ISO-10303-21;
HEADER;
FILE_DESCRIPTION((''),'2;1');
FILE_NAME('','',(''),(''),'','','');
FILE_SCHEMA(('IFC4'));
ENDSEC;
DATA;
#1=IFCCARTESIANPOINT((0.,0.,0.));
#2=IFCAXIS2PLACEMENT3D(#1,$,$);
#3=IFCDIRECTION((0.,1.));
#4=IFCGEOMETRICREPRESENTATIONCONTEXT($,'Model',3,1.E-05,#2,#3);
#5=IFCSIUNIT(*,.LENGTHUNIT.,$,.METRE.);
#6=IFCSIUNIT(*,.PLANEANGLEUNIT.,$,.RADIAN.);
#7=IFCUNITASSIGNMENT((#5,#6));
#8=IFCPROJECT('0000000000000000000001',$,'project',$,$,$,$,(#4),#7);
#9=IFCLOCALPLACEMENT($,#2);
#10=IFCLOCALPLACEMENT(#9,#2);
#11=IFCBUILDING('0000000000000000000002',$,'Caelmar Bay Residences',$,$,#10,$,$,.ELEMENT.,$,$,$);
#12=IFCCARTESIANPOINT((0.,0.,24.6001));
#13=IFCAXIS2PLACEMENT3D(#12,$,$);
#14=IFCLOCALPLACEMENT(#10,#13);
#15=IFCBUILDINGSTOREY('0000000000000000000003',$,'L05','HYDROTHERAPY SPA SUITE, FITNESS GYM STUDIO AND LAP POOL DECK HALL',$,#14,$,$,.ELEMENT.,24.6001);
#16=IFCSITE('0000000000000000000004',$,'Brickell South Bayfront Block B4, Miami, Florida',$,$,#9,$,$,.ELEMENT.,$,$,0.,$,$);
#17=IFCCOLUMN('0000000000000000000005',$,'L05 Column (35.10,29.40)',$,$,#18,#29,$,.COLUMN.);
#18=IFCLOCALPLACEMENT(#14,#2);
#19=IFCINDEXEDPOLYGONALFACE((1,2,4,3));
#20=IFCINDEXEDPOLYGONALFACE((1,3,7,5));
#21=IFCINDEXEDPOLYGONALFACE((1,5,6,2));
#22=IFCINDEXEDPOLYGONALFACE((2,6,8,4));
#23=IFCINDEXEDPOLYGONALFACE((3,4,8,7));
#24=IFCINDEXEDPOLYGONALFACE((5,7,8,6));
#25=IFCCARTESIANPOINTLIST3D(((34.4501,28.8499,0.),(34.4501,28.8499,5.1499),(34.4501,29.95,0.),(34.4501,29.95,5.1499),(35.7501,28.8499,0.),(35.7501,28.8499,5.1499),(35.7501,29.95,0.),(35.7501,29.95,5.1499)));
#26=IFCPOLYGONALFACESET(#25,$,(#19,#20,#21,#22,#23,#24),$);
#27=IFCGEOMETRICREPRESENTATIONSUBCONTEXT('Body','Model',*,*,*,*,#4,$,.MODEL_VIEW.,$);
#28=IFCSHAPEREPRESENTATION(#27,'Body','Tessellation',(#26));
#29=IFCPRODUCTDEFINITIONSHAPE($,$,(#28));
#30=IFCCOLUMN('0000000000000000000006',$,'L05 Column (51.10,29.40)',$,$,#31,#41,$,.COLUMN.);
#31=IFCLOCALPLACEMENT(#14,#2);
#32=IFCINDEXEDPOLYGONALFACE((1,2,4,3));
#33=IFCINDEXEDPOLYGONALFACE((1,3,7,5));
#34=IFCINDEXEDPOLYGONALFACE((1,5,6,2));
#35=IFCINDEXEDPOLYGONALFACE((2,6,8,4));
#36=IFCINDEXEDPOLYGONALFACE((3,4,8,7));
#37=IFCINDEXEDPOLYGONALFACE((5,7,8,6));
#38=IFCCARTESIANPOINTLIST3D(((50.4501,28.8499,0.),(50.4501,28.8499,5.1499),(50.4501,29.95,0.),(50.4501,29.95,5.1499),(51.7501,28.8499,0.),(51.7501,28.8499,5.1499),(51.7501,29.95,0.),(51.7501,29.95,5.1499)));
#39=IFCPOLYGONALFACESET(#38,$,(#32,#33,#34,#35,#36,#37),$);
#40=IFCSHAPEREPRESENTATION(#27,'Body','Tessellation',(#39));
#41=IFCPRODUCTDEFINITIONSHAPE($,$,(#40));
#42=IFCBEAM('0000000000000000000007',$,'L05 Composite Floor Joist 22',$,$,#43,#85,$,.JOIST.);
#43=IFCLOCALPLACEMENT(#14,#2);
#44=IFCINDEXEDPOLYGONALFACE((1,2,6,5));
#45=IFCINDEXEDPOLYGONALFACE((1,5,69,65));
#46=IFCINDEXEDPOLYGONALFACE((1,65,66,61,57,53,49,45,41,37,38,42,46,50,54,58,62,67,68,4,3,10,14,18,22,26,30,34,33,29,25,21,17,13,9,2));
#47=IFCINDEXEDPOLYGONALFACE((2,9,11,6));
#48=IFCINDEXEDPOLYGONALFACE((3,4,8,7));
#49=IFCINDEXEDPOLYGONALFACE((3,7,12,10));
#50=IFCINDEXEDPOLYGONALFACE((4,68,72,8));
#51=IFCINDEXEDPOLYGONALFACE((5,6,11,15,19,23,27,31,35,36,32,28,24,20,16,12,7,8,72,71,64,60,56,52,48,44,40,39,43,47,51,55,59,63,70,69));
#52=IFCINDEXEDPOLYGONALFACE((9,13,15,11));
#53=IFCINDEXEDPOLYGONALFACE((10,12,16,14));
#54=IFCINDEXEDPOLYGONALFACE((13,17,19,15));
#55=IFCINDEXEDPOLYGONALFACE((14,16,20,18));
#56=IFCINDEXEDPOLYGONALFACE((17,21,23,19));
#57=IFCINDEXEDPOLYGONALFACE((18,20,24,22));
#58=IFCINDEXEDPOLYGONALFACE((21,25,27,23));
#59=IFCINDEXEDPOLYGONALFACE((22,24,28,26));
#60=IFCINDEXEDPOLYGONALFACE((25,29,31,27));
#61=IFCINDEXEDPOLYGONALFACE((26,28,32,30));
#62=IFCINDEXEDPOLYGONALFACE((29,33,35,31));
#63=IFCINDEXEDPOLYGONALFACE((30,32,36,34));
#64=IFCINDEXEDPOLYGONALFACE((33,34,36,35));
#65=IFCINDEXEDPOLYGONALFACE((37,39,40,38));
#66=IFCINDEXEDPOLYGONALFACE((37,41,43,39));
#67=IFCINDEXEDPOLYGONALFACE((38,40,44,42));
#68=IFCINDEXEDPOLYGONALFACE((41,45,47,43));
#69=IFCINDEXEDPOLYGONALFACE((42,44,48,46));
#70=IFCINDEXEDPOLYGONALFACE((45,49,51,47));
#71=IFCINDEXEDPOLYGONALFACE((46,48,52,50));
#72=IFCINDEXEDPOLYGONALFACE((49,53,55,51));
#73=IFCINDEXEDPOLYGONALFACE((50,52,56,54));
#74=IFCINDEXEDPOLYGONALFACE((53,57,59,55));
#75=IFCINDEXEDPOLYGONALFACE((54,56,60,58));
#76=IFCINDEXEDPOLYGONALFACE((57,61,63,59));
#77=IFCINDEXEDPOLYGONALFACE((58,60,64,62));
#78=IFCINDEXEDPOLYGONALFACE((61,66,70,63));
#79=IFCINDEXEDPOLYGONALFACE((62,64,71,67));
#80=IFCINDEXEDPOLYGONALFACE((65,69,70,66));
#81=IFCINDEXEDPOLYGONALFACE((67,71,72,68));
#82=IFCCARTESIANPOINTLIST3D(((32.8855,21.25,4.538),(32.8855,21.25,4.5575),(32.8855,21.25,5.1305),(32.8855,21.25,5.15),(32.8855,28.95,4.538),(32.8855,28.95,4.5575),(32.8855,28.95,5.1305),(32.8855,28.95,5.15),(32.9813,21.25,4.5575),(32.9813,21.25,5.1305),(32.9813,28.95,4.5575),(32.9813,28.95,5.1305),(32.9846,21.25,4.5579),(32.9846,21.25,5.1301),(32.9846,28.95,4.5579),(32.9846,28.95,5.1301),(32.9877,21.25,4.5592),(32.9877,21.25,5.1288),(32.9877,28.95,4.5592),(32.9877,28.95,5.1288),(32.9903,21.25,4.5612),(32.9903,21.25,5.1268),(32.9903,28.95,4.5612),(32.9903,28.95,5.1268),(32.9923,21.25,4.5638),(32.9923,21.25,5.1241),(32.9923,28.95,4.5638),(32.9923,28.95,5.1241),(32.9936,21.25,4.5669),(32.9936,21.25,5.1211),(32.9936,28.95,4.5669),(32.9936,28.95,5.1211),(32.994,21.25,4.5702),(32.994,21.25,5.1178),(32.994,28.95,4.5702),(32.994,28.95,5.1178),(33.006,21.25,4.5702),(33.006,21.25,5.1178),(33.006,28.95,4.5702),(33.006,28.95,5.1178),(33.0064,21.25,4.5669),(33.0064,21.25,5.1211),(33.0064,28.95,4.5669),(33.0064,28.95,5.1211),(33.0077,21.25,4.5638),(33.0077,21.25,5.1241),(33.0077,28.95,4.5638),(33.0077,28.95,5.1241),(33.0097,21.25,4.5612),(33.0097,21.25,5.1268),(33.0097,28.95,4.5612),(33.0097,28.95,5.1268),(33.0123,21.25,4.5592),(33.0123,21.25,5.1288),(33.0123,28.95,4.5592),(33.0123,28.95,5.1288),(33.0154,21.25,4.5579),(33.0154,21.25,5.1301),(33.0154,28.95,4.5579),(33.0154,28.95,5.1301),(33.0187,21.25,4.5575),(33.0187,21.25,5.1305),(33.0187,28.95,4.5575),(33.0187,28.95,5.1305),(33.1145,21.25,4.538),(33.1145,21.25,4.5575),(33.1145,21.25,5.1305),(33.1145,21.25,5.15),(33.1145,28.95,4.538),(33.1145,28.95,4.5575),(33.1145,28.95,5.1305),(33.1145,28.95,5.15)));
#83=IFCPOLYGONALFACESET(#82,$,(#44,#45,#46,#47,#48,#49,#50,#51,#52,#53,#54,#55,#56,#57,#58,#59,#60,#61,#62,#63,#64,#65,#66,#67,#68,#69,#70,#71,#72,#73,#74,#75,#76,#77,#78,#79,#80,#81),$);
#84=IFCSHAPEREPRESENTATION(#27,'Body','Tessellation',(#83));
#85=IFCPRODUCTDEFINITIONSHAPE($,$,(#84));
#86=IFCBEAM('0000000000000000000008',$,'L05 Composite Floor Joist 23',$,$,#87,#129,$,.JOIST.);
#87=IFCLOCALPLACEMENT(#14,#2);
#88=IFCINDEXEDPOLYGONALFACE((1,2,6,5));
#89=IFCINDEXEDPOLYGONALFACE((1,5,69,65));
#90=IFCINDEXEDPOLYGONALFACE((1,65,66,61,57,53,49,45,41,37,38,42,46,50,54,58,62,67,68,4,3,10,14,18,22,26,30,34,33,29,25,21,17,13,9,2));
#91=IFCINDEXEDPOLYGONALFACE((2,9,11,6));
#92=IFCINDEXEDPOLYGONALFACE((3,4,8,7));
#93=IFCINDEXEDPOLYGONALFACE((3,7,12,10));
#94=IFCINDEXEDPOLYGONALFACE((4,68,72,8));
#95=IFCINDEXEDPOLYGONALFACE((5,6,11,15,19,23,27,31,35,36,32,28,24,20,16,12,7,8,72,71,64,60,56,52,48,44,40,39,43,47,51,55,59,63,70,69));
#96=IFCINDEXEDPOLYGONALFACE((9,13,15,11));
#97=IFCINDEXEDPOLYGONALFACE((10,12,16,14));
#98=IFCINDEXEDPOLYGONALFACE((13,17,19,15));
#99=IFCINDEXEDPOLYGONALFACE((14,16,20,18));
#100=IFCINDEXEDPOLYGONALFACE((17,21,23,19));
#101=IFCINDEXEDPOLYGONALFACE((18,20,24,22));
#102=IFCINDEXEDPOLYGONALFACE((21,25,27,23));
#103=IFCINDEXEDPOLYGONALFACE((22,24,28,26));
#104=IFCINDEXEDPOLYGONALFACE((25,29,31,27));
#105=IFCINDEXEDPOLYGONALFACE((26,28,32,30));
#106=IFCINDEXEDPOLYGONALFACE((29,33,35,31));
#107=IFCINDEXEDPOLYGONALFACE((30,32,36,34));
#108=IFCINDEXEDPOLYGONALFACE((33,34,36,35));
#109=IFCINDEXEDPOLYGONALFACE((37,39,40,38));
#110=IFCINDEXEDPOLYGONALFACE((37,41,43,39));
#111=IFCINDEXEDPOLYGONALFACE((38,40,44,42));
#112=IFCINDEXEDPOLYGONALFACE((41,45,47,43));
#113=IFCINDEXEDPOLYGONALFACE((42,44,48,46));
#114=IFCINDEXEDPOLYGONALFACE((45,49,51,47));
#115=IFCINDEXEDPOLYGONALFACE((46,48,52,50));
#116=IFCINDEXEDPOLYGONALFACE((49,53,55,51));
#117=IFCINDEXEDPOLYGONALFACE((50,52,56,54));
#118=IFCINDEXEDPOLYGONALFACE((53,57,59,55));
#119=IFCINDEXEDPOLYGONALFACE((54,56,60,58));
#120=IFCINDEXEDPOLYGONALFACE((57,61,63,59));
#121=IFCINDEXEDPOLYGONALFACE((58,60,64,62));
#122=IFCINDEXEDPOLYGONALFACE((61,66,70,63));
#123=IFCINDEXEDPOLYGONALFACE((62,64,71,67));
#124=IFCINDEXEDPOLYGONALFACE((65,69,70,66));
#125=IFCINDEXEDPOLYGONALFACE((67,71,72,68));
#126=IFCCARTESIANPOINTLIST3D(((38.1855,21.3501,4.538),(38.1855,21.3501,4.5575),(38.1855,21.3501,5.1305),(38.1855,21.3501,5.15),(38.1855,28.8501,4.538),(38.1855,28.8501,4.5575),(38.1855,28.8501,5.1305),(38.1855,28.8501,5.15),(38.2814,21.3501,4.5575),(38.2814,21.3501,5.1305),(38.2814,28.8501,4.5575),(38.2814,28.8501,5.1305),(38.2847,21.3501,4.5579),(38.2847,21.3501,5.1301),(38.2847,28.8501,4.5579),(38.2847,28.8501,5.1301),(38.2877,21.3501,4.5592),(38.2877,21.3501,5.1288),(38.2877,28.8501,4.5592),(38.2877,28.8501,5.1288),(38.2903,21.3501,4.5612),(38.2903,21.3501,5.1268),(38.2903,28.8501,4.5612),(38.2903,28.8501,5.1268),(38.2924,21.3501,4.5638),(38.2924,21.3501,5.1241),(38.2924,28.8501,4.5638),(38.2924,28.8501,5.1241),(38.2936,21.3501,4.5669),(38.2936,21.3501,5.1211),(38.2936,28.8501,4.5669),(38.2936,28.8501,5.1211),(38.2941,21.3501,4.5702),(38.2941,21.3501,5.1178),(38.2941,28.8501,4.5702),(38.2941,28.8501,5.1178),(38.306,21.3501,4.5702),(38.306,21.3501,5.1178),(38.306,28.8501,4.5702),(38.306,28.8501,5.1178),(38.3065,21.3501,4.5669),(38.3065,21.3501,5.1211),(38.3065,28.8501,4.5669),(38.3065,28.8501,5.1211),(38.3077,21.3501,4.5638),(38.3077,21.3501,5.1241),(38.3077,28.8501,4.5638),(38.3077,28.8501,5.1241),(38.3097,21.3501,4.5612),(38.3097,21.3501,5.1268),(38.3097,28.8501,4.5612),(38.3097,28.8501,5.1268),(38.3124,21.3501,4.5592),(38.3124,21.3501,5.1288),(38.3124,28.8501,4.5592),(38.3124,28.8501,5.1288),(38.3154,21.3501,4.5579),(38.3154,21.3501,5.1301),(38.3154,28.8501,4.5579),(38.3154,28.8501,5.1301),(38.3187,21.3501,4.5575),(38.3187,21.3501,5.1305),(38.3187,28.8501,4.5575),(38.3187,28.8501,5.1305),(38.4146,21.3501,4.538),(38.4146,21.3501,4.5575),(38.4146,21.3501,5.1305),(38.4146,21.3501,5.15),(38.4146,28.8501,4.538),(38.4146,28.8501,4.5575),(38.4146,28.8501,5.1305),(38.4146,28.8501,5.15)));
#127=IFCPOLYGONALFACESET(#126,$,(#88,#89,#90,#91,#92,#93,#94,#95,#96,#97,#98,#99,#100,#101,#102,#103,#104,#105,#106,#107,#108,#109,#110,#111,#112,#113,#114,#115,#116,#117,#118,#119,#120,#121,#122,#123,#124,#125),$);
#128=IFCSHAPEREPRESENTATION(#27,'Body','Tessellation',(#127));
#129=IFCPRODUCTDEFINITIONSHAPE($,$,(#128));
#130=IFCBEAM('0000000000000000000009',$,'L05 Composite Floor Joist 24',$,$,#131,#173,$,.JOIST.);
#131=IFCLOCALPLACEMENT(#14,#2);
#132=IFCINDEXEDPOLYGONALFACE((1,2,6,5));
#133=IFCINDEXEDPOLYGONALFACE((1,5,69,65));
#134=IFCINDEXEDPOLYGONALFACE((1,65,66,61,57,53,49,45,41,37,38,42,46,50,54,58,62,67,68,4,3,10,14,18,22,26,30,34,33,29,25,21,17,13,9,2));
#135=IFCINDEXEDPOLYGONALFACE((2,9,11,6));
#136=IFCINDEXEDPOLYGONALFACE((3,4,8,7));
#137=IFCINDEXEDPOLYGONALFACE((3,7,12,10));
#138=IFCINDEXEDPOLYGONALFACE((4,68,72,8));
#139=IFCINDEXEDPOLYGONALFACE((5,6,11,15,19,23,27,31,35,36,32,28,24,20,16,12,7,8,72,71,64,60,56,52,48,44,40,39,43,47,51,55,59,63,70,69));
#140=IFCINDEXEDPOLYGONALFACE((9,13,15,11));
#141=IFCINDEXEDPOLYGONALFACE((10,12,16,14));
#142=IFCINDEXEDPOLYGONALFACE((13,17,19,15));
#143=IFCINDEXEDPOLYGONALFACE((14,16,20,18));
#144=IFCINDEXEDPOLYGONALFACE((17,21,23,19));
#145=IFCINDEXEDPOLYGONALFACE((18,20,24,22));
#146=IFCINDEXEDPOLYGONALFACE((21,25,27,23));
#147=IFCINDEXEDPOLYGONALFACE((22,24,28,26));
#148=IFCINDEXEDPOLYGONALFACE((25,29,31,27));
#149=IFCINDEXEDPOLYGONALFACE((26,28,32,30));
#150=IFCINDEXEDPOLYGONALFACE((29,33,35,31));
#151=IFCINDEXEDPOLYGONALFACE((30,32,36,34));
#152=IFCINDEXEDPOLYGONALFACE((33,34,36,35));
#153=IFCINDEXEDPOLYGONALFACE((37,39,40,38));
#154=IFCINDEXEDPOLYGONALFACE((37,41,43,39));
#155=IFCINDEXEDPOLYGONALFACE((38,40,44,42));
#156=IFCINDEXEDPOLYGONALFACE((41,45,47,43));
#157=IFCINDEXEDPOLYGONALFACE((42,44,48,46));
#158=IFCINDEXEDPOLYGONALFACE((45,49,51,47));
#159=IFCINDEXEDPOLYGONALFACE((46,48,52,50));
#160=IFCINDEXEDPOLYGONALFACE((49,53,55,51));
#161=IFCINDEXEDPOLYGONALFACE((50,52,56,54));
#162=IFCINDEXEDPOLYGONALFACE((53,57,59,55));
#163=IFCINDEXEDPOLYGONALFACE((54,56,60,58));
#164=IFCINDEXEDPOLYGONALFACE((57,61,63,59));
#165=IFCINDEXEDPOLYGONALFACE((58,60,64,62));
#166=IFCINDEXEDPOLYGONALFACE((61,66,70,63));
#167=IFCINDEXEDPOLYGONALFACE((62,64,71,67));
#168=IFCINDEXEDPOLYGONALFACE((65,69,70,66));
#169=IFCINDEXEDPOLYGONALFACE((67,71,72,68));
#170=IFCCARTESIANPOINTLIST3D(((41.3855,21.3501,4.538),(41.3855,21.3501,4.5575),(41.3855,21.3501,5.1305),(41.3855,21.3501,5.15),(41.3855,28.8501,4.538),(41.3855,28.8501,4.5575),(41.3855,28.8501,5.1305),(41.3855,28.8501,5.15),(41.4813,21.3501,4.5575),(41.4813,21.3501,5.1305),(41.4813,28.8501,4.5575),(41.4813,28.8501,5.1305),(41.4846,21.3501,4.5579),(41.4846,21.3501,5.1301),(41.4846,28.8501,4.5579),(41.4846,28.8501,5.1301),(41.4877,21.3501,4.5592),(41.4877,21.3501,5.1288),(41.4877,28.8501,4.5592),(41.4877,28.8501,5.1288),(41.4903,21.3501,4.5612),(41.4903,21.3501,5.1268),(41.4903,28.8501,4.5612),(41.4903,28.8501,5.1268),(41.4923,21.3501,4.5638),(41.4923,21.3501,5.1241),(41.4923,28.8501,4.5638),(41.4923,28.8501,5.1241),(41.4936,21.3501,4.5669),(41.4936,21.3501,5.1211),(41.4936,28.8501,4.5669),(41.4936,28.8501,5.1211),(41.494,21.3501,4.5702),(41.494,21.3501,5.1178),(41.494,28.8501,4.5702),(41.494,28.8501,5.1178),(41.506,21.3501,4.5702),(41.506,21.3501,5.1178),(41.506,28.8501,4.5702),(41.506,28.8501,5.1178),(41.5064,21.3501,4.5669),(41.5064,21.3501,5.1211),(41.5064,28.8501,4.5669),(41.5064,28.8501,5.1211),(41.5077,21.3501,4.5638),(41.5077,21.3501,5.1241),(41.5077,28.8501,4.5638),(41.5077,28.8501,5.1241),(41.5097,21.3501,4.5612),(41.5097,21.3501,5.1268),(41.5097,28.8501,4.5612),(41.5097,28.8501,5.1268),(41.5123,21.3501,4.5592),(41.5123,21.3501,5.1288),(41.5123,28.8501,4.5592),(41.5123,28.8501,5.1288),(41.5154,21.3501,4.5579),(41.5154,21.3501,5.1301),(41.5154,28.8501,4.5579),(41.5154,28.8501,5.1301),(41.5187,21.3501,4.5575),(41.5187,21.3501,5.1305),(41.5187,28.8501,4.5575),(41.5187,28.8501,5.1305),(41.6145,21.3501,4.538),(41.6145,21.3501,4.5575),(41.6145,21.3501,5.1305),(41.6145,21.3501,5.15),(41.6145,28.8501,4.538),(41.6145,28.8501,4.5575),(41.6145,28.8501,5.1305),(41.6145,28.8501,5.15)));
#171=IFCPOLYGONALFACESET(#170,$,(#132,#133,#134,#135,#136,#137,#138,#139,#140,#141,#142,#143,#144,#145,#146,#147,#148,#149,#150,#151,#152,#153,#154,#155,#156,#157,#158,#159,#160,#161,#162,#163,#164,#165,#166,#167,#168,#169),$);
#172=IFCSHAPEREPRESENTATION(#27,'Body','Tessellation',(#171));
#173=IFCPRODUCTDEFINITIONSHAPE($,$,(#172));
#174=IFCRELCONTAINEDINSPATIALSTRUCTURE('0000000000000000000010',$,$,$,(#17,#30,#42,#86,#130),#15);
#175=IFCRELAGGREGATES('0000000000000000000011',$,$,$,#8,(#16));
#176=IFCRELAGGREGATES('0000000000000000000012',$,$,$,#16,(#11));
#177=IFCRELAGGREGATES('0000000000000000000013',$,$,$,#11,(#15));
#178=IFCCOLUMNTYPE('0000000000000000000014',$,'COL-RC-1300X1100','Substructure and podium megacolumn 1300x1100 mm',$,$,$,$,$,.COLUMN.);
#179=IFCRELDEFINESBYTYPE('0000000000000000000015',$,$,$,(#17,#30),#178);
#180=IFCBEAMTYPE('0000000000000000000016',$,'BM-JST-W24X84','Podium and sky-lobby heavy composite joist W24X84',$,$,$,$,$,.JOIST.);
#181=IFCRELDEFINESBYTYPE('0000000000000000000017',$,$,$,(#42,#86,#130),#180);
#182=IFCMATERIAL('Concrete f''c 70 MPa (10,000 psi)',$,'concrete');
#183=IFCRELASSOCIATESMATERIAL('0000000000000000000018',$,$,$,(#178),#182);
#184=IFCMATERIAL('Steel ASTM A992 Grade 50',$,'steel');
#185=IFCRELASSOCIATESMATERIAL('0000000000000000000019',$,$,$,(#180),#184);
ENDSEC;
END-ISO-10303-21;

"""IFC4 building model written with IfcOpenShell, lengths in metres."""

from ifc_helpers import new_model, si_unit, direction, frame, origin, origin_2d, place, context, subcontext, project, spatial, rectangle, i_section, extrude, material, material_profile, profile_set, type_object, element, save


model = new_model("IFC4")

# Units and contexts
model_context = context("Model", 3, precision=1e-05, world=origin(), true_north=direction((0.0, 1.0)))
body_context = subcontext(model_context, "Body", "Model", "MODEL_VIEW")
ifc_project = project(units=[si_unit("LENGTHUNIT", "METRE"), si_unit("PLANEANGLEUNIT", "RADIAN")], contexts=[model_context])

# Site, building, storey
site_placement = place(None, origin())
site = spatial("IfcSite", under=ifc_project, at=site_placement, Name="Brickell South Bayfront Block B4, Miami, Florida", CompositionType="ELEMENT", RefElevation=0.0)
building_placement = place(site_placement, origin())
building = spatial("IfcBuilding", under=site, at=building_placement, Name="Caelmar Bay Residences", CompositionType="ELEMENT")
storey_placement = place(building_placement, frame((0.0, 0.0, 24.6001)))
storey = spatial("IfcBuildingStorey", under=building, at=storey_placement, Name="L05", Description="HYDROTHERAPY SPA SUITE, FITNESS GYM STUDIO AND LAP POOL DECK HALL", CompositionType="ELEMENT", Elevation=24.6001)

# Columns
ifc_material_1 = material(Name="Concrete f'c 70 MPa (10,000 psi)", Category="concrete")
ifc_material_profile_1 = material_profile(ifc_material_1, rectangle(XDim=1.3, YDim=1.1001, at=origin_2d()), Name="RC-COL-1300X1100")
ifc_profile_set_1 = profile_set([ifc_material_profile_1], Name="Concrete f'c 70 MPa (10,000 psi)")
column_type = type_object("IfcColumnType", Name="COL-RC-1300X1100", Description="Substructure and podium megacolumn 1300x1100 mm", PredefinedType="COLUMN", material=ifc_profile_set_1)
for number, where, z_axis, x_axis, name in (
    (1, (35.1001, 29.3999, 0.0), (0.0, 0.0, 1.0), (1.0, 0.0, 0.0), "L05 Column (35.10,29.40)"),
    (2, (51.1001, 29.3999, 0.0), (0.0, 0.0, 1.0), (1.0, 0.0, 0.0), "L05 Column (51.10,29.40)"),
):
    element("IfcColumn", number, at=place(storey_placement, frame(where, z_axis=z_axis, x_axis=x_axis)), inside=storey, type_object=column_type, Name=name, PredefinedType="COLUMN", context=body_context, shape_type="SweptSolid", body=[
        extrude(rectangle(XDim=1.3, YDim=1.1001, at=origin_2d()), origin(), (0.0, 0.0, 1.0), 5.1499),
    ])

# Beams
ifc_material_2 = material(Name="Steel ASTM A992 Grade 50", Category="steel")
ifc_material_profile_2 = material_profile(ifc_material_2, i_section(OverallWidth=0.229, OverallDepth=0.6121, WebThickness=0.012, FlangeThickness=0.0195, FilletRadius=0.0127, at=origin_2d()), Name="W24X84")
ifc_profile_set_2 = profile_set([ifc_material_profile_2], Name="Steel ASTM A992 Grade 50")
beam_type_1 = type_object("IfcBeamType", Name="BM-JST-W24X84", Description="Podium and sky-lobby heavy composite joist W24X84", PredefinedType="JOIST", material=ifc_profile_set_2)
beam_1_placement = place(storey_placement, frame((33.0, 21.25, 4.844), z_axis=(0.0, 1.0, 0.0), x_axis=(-1.0, 0.0, 0.0)))
element("IfcBeam", 3, at=beam_1_placement, inside=storey, type_object=beam_type_1, Name="L05 Composite Floor Joist 22", PredefinedType="JOIST", context=body_context, shape_type="SweptSolid", body=[
    extrude(i_section(OverallWidth=0.229, OverallDepth=0.6121, WebThickness=0.012, FlangeThickness=0.0195, FilletRadius=0.0127, at=origin_2d()), origin(), (0.0, 0.0, 1.0), 7.7),
])
for number, where, z_axis, x_axis, name in (
    (4, (38.3, 21.3501, 4.844), (0.0, 1.0, 0.0), (-1.0, 0.0, 0.0), "L05 Composite Floor Joist 23"),
    (5, (41.5, 21.3501, 4.844), (0.0, 1.0, 0.0), (-1.0, 0.0, 0.0), "L05 Composite Floor Joist 24"),
):
    element("IfcBeam", number, at=place(storey_placement, frame(where, z_axis=z_axis, x_axis=x_axis)), inside=storey, type_object=beam_type_1, Name=name, PredefinedType="JOIST", context=body_context, shape_type="SweptSolid", body=[
        extrude(i_section(OverallWidth=0.229, OverallDepth=0.6121, WebThickness=0.012, FlangeThickness=0.0195, FilletRadius=0.0127, at=origin_2d()), origin(), (0.0, 0.0, 1.0), 7.5),
    ])

save(model, "model.ifc")
